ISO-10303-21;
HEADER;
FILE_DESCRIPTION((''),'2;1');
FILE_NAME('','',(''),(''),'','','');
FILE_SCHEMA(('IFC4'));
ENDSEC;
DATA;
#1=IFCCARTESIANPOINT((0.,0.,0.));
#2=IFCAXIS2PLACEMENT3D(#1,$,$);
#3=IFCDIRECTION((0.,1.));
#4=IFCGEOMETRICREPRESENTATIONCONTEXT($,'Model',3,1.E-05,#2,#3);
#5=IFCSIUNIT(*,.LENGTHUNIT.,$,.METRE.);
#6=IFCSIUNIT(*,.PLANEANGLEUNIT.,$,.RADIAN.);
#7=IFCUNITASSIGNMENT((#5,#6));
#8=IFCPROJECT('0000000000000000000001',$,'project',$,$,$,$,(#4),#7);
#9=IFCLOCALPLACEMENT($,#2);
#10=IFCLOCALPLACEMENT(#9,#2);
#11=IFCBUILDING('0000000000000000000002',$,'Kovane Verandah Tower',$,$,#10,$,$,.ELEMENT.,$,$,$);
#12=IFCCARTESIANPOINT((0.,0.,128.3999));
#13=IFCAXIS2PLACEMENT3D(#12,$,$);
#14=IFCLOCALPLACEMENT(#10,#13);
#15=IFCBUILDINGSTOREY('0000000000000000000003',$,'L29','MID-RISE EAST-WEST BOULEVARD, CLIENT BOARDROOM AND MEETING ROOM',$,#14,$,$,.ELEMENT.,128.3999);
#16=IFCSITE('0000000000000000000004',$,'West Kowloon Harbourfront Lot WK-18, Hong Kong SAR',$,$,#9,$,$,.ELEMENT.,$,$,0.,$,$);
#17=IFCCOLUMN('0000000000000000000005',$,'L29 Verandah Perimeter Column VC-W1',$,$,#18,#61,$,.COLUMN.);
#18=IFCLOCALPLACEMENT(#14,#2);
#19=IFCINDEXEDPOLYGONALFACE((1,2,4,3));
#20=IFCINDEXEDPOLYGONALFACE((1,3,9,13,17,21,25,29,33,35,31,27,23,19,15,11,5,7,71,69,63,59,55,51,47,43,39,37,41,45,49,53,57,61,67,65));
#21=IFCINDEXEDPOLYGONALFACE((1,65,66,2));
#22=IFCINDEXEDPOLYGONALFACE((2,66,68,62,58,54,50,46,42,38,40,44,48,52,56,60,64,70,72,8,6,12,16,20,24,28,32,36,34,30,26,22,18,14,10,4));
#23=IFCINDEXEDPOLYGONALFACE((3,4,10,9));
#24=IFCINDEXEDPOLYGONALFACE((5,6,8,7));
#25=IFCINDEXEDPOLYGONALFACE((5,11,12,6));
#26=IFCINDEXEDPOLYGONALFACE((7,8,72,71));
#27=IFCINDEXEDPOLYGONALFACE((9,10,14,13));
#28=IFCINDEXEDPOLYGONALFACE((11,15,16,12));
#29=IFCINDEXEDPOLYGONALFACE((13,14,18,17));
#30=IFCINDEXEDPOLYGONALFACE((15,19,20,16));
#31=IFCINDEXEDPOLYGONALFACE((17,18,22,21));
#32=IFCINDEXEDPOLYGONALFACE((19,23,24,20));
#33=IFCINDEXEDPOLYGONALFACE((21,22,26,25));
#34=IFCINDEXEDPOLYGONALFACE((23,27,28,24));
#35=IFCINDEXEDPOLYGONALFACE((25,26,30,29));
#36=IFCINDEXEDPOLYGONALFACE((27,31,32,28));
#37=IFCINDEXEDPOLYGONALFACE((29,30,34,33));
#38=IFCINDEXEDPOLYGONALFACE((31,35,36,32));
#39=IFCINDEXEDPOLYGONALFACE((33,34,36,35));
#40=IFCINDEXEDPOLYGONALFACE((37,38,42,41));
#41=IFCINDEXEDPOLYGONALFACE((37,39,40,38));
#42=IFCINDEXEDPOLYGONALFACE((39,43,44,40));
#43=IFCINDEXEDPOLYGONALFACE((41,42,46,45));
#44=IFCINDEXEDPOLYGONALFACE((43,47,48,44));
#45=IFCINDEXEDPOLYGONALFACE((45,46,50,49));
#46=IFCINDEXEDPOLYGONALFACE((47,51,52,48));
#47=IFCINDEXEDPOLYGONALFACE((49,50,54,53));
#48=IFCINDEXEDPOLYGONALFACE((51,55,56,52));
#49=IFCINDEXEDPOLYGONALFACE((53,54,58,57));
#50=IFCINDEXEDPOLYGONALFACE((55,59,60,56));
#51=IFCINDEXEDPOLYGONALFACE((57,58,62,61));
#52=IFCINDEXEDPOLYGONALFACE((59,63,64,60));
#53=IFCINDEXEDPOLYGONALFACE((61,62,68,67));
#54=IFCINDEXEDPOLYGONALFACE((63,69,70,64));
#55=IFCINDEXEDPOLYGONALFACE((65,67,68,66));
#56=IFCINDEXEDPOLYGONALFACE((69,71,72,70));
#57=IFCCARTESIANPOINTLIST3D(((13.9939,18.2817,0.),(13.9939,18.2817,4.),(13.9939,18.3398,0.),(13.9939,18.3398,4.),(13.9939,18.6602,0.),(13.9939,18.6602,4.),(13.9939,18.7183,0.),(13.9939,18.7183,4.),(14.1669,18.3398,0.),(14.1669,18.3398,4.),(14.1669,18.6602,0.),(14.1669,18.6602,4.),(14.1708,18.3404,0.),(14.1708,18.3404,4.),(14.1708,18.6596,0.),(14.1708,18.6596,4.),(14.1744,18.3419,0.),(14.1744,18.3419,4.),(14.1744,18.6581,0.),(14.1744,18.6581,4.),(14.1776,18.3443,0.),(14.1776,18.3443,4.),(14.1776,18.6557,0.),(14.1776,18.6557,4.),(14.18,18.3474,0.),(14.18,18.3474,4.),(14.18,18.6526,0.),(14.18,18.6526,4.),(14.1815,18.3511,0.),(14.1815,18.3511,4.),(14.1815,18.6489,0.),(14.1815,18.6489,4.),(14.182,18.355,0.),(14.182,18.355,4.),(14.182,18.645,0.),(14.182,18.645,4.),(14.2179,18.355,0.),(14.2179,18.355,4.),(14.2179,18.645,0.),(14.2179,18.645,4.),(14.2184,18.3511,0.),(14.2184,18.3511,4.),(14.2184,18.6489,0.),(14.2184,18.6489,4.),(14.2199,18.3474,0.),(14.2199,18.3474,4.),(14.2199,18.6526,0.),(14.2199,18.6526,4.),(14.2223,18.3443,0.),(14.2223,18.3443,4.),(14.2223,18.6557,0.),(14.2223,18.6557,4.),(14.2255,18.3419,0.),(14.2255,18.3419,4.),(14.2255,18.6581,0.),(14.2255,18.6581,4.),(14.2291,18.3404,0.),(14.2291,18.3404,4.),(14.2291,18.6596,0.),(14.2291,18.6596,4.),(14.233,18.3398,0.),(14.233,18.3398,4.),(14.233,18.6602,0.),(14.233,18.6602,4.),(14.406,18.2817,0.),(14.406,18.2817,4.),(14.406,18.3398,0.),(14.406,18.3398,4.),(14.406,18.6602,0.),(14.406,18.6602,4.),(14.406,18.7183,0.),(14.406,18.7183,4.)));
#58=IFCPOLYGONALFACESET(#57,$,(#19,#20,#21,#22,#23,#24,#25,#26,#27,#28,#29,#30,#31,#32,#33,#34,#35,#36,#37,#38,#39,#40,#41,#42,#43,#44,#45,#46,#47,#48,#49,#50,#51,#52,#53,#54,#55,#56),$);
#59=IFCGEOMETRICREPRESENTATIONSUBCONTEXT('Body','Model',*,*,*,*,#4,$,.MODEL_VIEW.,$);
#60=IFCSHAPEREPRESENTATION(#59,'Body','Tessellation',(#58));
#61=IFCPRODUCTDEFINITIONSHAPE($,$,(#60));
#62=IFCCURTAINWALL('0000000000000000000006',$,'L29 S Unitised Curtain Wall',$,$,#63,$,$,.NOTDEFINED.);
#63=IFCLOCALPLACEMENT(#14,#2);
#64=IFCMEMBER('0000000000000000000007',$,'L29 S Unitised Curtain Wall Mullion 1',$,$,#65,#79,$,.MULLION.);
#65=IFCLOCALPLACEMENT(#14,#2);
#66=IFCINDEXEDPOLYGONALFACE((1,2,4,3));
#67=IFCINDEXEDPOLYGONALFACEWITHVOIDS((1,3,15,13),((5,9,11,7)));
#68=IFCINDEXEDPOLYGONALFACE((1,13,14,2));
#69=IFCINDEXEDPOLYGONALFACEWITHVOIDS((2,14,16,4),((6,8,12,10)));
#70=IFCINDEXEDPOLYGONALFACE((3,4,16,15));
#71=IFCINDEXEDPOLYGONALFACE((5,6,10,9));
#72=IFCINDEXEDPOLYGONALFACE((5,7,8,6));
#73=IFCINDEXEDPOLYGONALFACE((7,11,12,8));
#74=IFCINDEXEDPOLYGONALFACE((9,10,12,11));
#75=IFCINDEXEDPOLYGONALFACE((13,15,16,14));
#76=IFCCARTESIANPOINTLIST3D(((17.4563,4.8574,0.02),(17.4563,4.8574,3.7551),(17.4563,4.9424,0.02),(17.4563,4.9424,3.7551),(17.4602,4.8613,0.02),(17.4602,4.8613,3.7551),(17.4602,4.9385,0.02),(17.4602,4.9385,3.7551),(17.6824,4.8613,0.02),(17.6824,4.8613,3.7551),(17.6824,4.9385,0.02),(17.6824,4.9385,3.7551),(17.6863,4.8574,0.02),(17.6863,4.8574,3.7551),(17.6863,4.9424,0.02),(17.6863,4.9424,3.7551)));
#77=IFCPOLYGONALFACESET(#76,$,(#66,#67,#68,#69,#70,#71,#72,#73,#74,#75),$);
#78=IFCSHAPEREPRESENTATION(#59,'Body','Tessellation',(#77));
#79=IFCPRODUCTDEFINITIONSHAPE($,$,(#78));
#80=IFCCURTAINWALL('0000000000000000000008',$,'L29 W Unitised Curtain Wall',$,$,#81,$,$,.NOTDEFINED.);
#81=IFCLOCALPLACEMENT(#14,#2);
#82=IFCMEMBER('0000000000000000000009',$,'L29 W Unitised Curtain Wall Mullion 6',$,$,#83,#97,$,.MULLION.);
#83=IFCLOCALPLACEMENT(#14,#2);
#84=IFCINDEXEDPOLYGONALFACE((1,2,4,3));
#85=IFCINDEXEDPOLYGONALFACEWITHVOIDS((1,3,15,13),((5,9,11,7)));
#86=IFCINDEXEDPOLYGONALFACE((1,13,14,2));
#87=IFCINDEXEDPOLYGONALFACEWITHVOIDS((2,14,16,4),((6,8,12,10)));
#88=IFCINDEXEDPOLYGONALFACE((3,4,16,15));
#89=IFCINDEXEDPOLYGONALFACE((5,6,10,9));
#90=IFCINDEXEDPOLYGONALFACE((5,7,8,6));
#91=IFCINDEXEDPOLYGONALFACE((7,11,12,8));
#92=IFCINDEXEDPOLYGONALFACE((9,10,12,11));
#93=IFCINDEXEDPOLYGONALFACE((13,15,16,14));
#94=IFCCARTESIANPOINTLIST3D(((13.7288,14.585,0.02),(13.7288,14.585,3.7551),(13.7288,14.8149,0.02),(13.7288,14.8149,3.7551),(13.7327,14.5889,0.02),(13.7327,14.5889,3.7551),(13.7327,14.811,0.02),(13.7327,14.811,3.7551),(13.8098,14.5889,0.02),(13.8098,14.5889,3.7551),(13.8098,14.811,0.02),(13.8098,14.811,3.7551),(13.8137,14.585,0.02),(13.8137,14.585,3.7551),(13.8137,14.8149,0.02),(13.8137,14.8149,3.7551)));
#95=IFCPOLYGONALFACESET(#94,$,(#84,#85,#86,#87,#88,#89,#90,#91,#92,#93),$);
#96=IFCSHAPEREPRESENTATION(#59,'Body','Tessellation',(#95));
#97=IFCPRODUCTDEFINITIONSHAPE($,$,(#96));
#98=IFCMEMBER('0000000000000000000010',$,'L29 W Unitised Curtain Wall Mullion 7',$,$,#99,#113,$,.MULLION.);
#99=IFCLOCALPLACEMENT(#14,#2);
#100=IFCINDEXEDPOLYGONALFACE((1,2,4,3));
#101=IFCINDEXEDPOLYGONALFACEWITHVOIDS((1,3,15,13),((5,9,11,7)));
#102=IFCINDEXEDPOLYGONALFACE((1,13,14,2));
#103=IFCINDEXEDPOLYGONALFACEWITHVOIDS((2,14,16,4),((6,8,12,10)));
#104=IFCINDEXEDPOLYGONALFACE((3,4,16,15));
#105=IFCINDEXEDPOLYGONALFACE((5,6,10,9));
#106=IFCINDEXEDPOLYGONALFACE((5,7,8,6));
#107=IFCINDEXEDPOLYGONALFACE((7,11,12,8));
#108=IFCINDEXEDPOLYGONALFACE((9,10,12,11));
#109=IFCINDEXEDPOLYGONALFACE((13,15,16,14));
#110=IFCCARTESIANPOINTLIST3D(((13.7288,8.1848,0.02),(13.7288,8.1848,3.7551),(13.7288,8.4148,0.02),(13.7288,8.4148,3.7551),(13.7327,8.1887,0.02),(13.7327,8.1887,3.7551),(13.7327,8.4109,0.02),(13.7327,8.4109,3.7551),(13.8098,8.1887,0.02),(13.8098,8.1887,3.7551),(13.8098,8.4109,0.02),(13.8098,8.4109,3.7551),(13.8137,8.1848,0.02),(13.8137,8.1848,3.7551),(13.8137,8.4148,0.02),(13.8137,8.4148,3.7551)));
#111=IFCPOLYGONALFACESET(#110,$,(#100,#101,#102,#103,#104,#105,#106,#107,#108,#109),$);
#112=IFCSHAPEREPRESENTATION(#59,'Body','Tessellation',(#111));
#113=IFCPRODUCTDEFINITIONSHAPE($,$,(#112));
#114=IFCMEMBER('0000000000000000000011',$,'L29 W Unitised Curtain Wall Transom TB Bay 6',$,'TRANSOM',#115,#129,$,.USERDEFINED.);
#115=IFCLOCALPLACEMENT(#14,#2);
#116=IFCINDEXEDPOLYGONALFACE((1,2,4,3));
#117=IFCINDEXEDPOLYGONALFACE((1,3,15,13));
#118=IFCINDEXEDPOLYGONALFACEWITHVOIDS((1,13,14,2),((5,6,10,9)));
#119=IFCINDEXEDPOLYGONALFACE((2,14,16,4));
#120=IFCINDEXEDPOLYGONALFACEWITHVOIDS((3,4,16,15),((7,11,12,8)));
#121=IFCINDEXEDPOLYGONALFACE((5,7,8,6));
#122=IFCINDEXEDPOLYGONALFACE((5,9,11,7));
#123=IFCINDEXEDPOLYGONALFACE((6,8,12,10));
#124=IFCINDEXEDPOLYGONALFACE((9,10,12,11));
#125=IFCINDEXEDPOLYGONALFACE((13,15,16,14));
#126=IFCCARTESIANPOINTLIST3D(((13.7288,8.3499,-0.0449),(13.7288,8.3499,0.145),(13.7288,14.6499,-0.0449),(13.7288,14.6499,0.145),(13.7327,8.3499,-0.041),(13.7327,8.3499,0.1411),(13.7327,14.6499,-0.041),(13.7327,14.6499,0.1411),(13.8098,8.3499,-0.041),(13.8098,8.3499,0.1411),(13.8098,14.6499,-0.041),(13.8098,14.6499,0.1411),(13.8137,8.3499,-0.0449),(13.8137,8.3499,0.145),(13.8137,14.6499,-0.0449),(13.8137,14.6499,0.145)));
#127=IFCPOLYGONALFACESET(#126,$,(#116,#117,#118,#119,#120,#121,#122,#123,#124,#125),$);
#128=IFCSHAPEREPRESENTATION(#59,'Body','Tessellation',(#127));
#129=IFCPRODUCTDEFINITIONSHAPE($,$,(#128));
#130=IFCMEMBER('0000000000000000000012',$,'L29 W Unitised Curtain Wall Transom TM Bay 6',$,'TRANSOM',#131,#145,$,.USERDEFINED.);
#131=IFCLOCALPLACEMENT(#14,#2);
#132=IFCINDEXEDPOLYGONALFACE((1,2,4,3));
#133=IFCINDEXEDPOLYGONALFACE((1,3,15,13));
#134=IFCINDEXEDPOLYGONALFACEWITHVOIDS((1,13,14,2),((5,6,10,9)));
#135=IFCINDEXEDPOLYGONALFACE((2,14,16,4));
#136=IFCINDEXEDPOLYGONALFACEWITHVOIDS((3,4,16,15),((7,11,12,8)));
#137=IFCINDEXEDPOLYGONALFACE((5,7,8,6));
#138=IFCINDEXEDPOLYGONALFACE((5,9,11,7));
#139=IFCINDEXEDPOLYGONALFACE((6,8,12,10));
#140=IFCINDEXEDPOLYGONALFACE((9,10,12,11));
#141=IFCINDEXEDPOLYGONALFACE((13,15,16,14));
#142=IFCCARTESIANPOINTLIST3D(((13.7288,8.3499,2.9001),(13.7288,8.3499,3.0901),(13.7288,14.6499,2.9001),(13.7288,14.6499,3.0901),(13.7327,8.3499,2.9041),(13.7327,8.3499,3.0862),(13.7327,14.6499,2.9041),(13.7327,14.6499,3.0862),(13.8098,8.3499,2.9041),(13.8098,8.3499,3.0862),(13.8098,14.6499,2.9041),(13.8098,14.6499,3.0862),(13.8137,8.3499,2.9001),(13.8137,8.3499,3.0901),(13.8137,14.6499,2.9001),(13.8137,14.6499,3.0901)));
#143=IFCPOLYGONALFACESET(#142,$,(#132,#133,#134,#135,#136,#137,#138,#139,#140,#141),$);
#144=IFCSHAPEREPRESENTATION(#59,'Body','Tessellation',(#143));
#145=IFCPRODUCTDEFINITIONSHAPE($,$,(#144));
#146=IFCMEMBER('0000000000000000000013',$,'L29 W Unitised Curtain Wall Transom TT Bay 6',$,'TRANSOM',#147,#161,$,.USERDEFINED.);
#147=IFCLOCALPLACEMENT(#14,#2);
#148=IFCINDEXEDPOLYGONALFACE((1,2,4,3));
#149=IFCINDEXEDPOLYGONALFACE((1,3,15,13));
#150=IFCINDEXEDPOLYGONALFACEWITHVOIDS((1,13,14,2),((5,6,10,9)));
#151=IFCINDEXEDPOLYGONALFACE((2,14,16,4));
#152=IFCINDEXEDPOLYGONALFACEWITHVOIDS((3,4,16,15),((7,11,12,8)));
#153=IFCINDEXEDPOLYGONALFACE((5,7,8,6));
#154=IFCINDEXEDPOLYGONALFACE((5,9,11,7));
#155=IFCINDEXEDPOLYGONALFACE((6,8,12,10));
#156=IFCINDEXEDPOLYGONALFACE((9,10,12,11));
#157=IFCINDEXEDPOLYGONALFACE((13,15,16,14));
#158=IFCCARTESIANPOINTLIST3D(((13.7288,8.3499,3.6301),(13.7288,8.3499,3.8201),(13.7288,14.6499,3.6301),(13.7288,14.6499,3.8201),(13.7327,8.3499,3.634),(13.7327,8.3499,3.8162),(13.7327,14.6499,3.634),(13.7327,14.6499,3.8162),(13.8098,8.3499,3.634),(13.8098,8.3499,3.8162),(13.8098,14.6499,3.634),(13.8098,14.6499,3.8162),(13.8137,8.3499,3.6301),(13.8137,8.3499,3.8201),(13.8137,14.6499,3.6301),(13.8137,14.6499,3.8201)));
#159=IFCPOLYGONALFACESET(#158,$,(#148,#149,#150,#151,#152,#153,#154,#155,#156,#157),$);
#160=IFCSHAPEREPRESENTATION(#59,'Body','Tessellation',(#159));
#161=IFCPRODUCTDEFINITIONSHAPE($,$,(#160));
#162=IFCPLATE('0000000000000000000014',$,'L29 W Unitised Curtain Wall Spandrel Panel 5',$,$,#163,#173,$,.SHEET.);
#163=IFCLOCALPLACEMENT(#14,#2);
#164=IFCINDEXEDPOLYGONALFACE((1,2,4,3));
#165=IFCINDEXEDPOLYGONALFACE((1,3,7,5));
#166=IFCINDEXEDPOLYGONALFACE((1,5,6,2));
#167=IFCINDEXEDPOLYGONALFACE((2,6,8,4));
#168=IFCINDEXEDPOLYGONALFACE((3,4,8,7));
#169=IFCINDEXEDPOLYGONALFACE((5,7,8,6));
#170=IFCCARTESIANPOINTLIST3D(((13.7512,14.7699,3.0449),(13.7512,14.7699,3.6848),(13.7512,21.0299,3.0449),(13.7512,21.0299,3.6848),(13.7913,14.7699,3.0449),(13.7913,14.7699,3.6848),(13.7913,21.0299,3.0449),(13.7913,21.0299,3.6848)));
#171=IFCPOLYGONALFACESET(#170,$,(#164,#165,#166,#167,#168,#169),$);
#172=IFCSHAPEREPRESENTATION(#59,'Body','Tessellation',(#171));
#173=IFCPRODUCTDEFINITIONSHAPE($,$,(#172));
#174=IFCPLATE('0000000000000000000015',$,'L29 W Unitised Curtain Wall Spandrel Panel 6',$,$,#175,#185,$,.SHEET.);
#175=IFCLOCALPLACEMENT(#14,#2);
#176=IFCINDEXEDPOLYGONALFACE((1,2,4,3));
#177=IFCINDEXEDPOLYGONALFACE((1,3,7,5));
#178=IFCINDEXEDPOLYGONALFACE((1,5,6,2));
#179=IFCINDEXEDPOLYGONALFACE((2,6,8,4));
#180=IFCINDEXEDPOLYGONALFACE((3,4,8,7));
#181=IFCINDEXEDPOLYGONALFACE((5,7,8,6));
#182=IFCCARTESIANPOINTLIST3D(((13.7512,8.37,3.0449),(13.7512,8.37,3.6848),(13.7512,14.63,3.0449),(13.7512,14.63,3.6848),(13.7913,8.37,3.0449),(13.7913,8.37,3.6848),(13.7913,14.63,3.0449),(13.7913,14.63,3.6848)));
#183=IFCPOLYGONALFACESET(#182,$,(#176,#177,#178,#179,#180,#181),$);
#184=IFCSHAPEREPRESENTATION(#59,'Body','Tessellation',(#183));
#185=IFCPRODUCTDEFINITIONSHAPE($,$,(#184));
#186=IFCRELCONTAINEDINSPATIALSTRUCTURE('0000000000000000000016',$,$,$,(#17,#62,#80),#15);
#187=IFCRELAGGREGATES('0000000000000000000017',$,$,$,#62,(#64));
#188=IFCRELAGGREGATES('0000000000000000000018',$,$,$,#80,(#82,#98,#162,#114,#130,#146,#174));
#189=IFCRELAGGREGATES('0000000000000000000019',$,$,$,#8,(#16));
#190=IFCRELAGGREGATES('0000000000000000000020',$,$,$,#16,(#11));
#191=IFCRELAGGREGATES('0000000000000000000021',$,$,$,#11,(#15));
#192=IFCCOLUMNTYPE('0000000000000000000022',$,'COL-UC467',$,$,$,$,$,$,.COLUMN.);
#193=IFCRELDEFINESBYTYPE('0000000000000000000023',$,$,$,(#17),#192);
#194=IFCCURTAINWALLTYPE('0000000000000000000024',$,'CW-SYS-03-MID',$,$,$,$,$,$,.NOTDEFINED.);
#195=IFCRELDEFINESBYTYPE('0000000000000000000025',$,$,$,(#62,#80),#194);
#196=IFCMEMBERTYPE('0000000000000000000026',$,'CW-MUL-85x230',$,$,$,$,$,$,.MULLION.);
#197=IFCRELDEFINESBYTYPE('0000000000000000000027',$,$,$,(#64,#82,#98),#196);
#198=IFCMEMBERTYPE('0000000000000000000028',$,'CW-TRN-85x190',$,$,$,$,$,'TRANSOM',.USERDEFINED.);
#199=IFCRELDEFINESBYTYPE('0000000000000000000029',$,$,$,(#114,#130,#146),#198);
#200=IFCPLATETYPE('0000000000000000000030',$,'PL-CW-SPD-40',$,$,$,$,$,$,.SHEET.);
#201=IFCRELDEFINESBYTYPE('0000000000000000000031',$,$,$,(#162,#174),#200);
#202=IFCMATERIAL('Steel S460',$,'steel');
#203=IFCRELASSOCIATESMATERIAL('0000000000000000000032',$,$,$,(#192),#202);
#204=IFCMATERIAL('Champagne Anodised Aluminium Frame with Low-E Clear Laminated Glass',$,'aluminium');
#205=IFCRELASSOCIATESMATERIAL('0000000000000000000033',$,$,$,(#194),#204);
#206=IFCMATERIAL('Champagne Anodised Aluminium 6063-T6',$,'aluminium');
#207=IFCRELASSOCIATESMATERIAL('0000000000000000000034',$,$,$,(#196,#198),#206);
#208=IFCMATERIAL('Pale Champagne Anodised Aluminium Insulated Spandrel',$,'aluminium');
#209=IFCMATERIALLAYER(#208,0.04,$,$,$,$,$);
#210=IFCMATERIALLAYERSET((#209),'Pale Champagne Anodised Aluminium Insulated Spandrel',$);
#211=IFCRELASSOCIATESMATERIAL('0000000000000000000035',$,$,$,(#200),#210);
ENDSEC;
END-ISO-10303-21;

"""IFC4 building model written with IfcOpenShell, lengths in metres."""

from ifc_helpers import new_model, si_unit, direction, frame, origin, origin_2d, place, context, subcontext, project, spatial, rectangle, hollow_rectangle, i_section, extrude, material, layer, layer_set, material_profile, profile_set, type_object, element, aggregate, save


model = new_model("IFC4")

# Units and contexts
model_context = context("Model", 3, precision=1e-05, world=origin(), true_north=direction((0.0, 1.0)))
body_context = subcontext(model_context, "Body", "Model", "MODEL_VIEW")
ifc_project = project(units=[si_unit("LENGTHUNIT", "METRE"), si_unit("PLANEANGLEUNIT", "RADIAN")], contexts=[model_context])

# Site, building, storey
site_placement = place(None, origin())
site = spatial("IfcSite", under=ifc_project, at=site_placement, Name="West Kowloon Harbourfront Lot WK-18, Hong Kong SAR", CompositionType="ELEMENT", RefElevation=0.0)
building_placement = place(site_placement, origin())
building = spatial("IfcBuilding", under=site, at=building_placement, Name="Kovane Verandah Tower", CompositionType="ELEMENT")
storey_placement = place(building_placement, frame((0.0, 0.0, 128.3999)))
storey = spatial("IfcBuildingStorey", under=building, at=storey_placement, Name="L29", Description="MID-RISE EAST-WEST BOULEVARD, CLIENT BOARDROOM AND MEETING ROOM", CompositionType="ELEMENT", Elevation=128.3999)

# Column
ifc_material_1 = material(Name="Steel S460", Category="steel")
ifc_material_profile_1 = material_profile(ifc_material_1, i_section(OverallWidth=0.4121, OverallDepth=0.4365, WebThickness=0.0359, FlangeThickness=0.0581, FilletRadius=0.0151, at=origin_2d()), Name="UC356x406x467")
ifc_profile_set_1 = profile_set([ifc_material_profile_1], Name="Steel S460")
column_type = type_object("IfcColumnType", Name="COL-UC467", PredefinedType="COLUMN", material=ifc_profile_set_1)
column_placement = place(storey_placement, frame((14.2, 18.5, 0.0), z_axis=(0.0, 0.0, 1.0), x_axis=(1.0, 0.0, 0.0)))
element("IfcColumn", 1, at=column_placement, inside=storey, type_object=column_type, Name="L29 Verandah Perimeter Column VC-W1", PredefinedType="COLUMN", context=body_context, shape_type="SweptSolid", body=[
    extrude(i_section(OverallWidth=0.4121, OverallDepth=0.4365, WebThickness=0.0359, FlangeThickness=0.0581, FilletRadius=0.0151, at=origin_2d()), origin(), (0.0, 0.0, 1.0), 4.0),
])

# Curtain wall, member
ifc_material_2 = material(Name="Champagne Anodised Aluminium Frame with Low-E Clear Laminated Glass", Category="aluminium")
curtain_wall_type = type_object("IfcCurtainWallType", Name="CW-SYS-03-MID", PredefinedType="NOTDEFINED", material=ifc_material_2)
curtain_wall_1_placement = place(storey_placement, origin())
curtain_wall_1 = element("IfcCurtainWall", 2, at=curtain_wall_1_placement, inside=storey, type_object=curtain_wall_type, Name="L29 S Unitised Curtain Wall", PredefinedType="NOTDEFINED")
ifc_material_3 = material(Name="Champagne Anodised Aluminium 6063-T6", Category="aluminium")
ifc_material_profile_2 = material_profile(ifc_material_3, hollow_rectangle(XDim=0.085, YDim=0.23, WallThickness=0.0039, at=origin_2d()), Name="AL85x230x4")
ifc_profile_set_2 = profile_set([ifc_material_profile_2], Name="Champagne Anodised Aluminium 6063-T6")
member_type_1 = type_object("IfcMemberType", Name="CW-MUL-85x230", PredefinedType="MULLION", material=ifc_profile_set_2)
member_1_placement = place(storey_placement, frame((17.5713, 4.8999, 0.02), z_axis=(0.0, 0.0, 1.0), x_axis=(0.0, -1.0, 0.0)))
member_1 = element("IfcMember", 3, at=member_1_placement, type_object=member_type_1, Name="L29 S Unitised Curtain Wall Mullion 1", PredefinedType="MULLION", context=body_context, shape_type="SweptSolid", body=[
    extrude(hollow_rectangle(XDim=0.085, YDim=0.23, WallThickness=0.0039, at=origin_2d()), origin(), (0.0, 0.0, 1.0), 3.7351),
])
aggregate(curtain_wall_1, [member_1])

# Curtain wall, members, plates
curtain_wall_2_placement = place(storey_placement, origin())
curtain_wall_2 = element("IfcCurtainWall", 4, at=curtain_wall_2_placement, inside=storey, type_object=curtain_wall_type, Name="L29 W Unitised Curtain Wall", PredefinedType="NOTDEFINED")
member_2_placement = place(storey_placement, frame((13.7712, 14.7, 0.02), z_axis=(0.0, 0.0, 1.0), x_axis=(-1.0, 0.0, 0.0)))
member_2 = element("IfcMember", 5, at=member_2_placement, type_object=member_type_1, Name="L29 W Unitised Curtain Wall Mullion 6", PredefinedType="MULLION", context=body_context, shape_type="SweptSolid", body=[
    extrude(hollow_rectangle(XDim=0.085, YDim=0.23, WallThickness=0.0039, at=origin_2d()), origin(), (0.0, 0.0, 1.0), 3.7351),
])
member_3_placement = place(storey_placement, frame((13.7712, 8.2998, 0.02), z_axis=(0.0, 0.0, 1.0), x_axis=(-1.0, 0.0, 0.0)))
member_3 = element("IfcMember", 6, at=member_3_placement, type_object=member_type_1, Name="L29 W Unitised Curtain Wall Mullion 7", PredefinedType="MULLION", context=body_context, shape_type="SweptSolid", body=[
    extrude(hollow_rectangle(XDim=0.085, YDim=0.23, WallThickness=0.0039, at=origin_2d()), origin(), (0.0, 0.0, 1.0), 3.7351),
])
ifc_material_profile_3 = material_profile(ifc_material_3, hollow_rectangle(XDim=0.085, YDim=0.1899, WallThickness=0.0039, at=origin_2d()), Name="AL85x190x4")
ifc_profile_set_3 = profile_set([ifc_material_profile_3], Name="Champagne Anodised Aluminium 6063-T6")
member_type_2 = type_object("IfcMemberType", Name="CW-TRN-85x190", ElementType="TRANSOM", PredefinedType="USERDEFINED", material=ifc_profile_set_3)
member_4_placement = place(storey_placement, frame((13.7712, 14.6499, 0.05), z_axis=(0.0, -1.0, 0.0), x_axis=(1.0, 0.0, 0.0)))
member_4 = element("IfcMember", 7, at=member_4_placement, type_object=member_type_2, Name="L29 W Unitised Curtain Wall Transom TB Bay 6", ObjectType="TRANSOM", PredefinedType="USERDEFINED", context=body_context, shape_type="SweptSolid", body=[
    extrude(hollow_rectangle(XDim=0.085, YDim=0.1899, WallThickness=0.0039, at=origin_2d()), origin(), (0.0, 0.0, 1.0), 6.3),
])
member_5_placement = place(storey_placement, frame((13.7712, 14.6499, 2.9951), z_axis=(0.0, -1.0, 0.0), x_axis=(1.0, 0.0, 0.0)))
member_5 = element("IfcMember", 8, at=member_5_placement, type_object=member_type_2, Name="L29 W Unitised Curtain Wall Transom TM Bay 6", ObjectType="TRANSOM", PredefinedType="USERDEFINED", context=body_context, shape_type="SweptSolid", body=[
    extrude(hollow_rectangle(XDim=0.085, YDim=0.1899, WallThickness=0.0039, at=origin_2d()), origin(), (0.0, 0.0, 1.0), 6.3),
])
member_6_placement = place(storey_placement, frame((13.7712, 14.6499, 3.7251), z_axis=(0.0, -1.0, 0.0), x_axis=(1.0, 0.0, 0.0)))
member_6 = element("IfcMember", 9, at=member_6_placement, type_object=member_type_2, Name="L29 W Unitised Curtain Wall Transom TT Bay 6", ObjectType="TRANSOM", PredefinedType="USERDEFINED", context=body_context, shape_type="SweptSolid", body=[
    extrude(hollow_rectangle(XDim=0.085, YDim=0.1899, WallThickness=0.0039, at=origin_2d()), origin(), (0.0, 0.0, 1.0), 6.3),
])
ifc_material_4 = material(Name="Pale Champagne Anodised Aluminium Insulated Spandrel", Category="aluminium")
ifc_layer_1 = layer(ifc_material_4, 0.04)
ifc_layer_set_1 = layer_set([ifc_layer_1], Name="Pale Champagne Anodised Aluminium Insulated Spandrel")
plate_type_1 = type_object("IfcPlateType", Name="PL-CW-SPD-40", PredefinedType="SHEET", material=ifc_layer_set_1)
plate_1_placement = place(storey_placement, frame((13.7712, 17.8999, 3.0449), z_axis=(0.0, 0.0, 1.0), x_axis=(0.0, -1.0, 0.0)))
plate_1 = element("IfcPlate", 10, at=plate_1_placement, type_object=plate_type_1, Name="L29 W Unitised Curtain Wall Spandrel Panel 5", PredefinedType="SHEET", context=body_context, shape_type="SweptSolid", body=[
    extrude(rectangle(XDim=6.26, YDim=0.04, at=origin_2d()), origin(), (0.0, 0.0, 1.0), 0.6399),
])
plate_2_placement = place(storey_placement, frame((13.7712, 11.5, 3.0449), z_axis=(0.0, 0.0, 1.0), x_axis=(0.0, -1.0, 0.0)))
plate_2 = element("IfcPlate", 11, at=plate_2_placement, type_object=plate_type_1, Name="L29 W Unitised Curtain Wall Spandrel Panel 6", PredefinedType="SHEET", context=body_context, shape_type="SweptSolid", body=[
    extrude(rectangle(XDim=6.26, YDim=0.04, at=origin_2d()), origin(), (0.0, 0.0, 1.0), 0.6399),
])
aggregate(curtain_wall_2, [member_2, member_3, plate_1, member_4, member_5, member_6, plate_2])

save(model, "model.ifc")
